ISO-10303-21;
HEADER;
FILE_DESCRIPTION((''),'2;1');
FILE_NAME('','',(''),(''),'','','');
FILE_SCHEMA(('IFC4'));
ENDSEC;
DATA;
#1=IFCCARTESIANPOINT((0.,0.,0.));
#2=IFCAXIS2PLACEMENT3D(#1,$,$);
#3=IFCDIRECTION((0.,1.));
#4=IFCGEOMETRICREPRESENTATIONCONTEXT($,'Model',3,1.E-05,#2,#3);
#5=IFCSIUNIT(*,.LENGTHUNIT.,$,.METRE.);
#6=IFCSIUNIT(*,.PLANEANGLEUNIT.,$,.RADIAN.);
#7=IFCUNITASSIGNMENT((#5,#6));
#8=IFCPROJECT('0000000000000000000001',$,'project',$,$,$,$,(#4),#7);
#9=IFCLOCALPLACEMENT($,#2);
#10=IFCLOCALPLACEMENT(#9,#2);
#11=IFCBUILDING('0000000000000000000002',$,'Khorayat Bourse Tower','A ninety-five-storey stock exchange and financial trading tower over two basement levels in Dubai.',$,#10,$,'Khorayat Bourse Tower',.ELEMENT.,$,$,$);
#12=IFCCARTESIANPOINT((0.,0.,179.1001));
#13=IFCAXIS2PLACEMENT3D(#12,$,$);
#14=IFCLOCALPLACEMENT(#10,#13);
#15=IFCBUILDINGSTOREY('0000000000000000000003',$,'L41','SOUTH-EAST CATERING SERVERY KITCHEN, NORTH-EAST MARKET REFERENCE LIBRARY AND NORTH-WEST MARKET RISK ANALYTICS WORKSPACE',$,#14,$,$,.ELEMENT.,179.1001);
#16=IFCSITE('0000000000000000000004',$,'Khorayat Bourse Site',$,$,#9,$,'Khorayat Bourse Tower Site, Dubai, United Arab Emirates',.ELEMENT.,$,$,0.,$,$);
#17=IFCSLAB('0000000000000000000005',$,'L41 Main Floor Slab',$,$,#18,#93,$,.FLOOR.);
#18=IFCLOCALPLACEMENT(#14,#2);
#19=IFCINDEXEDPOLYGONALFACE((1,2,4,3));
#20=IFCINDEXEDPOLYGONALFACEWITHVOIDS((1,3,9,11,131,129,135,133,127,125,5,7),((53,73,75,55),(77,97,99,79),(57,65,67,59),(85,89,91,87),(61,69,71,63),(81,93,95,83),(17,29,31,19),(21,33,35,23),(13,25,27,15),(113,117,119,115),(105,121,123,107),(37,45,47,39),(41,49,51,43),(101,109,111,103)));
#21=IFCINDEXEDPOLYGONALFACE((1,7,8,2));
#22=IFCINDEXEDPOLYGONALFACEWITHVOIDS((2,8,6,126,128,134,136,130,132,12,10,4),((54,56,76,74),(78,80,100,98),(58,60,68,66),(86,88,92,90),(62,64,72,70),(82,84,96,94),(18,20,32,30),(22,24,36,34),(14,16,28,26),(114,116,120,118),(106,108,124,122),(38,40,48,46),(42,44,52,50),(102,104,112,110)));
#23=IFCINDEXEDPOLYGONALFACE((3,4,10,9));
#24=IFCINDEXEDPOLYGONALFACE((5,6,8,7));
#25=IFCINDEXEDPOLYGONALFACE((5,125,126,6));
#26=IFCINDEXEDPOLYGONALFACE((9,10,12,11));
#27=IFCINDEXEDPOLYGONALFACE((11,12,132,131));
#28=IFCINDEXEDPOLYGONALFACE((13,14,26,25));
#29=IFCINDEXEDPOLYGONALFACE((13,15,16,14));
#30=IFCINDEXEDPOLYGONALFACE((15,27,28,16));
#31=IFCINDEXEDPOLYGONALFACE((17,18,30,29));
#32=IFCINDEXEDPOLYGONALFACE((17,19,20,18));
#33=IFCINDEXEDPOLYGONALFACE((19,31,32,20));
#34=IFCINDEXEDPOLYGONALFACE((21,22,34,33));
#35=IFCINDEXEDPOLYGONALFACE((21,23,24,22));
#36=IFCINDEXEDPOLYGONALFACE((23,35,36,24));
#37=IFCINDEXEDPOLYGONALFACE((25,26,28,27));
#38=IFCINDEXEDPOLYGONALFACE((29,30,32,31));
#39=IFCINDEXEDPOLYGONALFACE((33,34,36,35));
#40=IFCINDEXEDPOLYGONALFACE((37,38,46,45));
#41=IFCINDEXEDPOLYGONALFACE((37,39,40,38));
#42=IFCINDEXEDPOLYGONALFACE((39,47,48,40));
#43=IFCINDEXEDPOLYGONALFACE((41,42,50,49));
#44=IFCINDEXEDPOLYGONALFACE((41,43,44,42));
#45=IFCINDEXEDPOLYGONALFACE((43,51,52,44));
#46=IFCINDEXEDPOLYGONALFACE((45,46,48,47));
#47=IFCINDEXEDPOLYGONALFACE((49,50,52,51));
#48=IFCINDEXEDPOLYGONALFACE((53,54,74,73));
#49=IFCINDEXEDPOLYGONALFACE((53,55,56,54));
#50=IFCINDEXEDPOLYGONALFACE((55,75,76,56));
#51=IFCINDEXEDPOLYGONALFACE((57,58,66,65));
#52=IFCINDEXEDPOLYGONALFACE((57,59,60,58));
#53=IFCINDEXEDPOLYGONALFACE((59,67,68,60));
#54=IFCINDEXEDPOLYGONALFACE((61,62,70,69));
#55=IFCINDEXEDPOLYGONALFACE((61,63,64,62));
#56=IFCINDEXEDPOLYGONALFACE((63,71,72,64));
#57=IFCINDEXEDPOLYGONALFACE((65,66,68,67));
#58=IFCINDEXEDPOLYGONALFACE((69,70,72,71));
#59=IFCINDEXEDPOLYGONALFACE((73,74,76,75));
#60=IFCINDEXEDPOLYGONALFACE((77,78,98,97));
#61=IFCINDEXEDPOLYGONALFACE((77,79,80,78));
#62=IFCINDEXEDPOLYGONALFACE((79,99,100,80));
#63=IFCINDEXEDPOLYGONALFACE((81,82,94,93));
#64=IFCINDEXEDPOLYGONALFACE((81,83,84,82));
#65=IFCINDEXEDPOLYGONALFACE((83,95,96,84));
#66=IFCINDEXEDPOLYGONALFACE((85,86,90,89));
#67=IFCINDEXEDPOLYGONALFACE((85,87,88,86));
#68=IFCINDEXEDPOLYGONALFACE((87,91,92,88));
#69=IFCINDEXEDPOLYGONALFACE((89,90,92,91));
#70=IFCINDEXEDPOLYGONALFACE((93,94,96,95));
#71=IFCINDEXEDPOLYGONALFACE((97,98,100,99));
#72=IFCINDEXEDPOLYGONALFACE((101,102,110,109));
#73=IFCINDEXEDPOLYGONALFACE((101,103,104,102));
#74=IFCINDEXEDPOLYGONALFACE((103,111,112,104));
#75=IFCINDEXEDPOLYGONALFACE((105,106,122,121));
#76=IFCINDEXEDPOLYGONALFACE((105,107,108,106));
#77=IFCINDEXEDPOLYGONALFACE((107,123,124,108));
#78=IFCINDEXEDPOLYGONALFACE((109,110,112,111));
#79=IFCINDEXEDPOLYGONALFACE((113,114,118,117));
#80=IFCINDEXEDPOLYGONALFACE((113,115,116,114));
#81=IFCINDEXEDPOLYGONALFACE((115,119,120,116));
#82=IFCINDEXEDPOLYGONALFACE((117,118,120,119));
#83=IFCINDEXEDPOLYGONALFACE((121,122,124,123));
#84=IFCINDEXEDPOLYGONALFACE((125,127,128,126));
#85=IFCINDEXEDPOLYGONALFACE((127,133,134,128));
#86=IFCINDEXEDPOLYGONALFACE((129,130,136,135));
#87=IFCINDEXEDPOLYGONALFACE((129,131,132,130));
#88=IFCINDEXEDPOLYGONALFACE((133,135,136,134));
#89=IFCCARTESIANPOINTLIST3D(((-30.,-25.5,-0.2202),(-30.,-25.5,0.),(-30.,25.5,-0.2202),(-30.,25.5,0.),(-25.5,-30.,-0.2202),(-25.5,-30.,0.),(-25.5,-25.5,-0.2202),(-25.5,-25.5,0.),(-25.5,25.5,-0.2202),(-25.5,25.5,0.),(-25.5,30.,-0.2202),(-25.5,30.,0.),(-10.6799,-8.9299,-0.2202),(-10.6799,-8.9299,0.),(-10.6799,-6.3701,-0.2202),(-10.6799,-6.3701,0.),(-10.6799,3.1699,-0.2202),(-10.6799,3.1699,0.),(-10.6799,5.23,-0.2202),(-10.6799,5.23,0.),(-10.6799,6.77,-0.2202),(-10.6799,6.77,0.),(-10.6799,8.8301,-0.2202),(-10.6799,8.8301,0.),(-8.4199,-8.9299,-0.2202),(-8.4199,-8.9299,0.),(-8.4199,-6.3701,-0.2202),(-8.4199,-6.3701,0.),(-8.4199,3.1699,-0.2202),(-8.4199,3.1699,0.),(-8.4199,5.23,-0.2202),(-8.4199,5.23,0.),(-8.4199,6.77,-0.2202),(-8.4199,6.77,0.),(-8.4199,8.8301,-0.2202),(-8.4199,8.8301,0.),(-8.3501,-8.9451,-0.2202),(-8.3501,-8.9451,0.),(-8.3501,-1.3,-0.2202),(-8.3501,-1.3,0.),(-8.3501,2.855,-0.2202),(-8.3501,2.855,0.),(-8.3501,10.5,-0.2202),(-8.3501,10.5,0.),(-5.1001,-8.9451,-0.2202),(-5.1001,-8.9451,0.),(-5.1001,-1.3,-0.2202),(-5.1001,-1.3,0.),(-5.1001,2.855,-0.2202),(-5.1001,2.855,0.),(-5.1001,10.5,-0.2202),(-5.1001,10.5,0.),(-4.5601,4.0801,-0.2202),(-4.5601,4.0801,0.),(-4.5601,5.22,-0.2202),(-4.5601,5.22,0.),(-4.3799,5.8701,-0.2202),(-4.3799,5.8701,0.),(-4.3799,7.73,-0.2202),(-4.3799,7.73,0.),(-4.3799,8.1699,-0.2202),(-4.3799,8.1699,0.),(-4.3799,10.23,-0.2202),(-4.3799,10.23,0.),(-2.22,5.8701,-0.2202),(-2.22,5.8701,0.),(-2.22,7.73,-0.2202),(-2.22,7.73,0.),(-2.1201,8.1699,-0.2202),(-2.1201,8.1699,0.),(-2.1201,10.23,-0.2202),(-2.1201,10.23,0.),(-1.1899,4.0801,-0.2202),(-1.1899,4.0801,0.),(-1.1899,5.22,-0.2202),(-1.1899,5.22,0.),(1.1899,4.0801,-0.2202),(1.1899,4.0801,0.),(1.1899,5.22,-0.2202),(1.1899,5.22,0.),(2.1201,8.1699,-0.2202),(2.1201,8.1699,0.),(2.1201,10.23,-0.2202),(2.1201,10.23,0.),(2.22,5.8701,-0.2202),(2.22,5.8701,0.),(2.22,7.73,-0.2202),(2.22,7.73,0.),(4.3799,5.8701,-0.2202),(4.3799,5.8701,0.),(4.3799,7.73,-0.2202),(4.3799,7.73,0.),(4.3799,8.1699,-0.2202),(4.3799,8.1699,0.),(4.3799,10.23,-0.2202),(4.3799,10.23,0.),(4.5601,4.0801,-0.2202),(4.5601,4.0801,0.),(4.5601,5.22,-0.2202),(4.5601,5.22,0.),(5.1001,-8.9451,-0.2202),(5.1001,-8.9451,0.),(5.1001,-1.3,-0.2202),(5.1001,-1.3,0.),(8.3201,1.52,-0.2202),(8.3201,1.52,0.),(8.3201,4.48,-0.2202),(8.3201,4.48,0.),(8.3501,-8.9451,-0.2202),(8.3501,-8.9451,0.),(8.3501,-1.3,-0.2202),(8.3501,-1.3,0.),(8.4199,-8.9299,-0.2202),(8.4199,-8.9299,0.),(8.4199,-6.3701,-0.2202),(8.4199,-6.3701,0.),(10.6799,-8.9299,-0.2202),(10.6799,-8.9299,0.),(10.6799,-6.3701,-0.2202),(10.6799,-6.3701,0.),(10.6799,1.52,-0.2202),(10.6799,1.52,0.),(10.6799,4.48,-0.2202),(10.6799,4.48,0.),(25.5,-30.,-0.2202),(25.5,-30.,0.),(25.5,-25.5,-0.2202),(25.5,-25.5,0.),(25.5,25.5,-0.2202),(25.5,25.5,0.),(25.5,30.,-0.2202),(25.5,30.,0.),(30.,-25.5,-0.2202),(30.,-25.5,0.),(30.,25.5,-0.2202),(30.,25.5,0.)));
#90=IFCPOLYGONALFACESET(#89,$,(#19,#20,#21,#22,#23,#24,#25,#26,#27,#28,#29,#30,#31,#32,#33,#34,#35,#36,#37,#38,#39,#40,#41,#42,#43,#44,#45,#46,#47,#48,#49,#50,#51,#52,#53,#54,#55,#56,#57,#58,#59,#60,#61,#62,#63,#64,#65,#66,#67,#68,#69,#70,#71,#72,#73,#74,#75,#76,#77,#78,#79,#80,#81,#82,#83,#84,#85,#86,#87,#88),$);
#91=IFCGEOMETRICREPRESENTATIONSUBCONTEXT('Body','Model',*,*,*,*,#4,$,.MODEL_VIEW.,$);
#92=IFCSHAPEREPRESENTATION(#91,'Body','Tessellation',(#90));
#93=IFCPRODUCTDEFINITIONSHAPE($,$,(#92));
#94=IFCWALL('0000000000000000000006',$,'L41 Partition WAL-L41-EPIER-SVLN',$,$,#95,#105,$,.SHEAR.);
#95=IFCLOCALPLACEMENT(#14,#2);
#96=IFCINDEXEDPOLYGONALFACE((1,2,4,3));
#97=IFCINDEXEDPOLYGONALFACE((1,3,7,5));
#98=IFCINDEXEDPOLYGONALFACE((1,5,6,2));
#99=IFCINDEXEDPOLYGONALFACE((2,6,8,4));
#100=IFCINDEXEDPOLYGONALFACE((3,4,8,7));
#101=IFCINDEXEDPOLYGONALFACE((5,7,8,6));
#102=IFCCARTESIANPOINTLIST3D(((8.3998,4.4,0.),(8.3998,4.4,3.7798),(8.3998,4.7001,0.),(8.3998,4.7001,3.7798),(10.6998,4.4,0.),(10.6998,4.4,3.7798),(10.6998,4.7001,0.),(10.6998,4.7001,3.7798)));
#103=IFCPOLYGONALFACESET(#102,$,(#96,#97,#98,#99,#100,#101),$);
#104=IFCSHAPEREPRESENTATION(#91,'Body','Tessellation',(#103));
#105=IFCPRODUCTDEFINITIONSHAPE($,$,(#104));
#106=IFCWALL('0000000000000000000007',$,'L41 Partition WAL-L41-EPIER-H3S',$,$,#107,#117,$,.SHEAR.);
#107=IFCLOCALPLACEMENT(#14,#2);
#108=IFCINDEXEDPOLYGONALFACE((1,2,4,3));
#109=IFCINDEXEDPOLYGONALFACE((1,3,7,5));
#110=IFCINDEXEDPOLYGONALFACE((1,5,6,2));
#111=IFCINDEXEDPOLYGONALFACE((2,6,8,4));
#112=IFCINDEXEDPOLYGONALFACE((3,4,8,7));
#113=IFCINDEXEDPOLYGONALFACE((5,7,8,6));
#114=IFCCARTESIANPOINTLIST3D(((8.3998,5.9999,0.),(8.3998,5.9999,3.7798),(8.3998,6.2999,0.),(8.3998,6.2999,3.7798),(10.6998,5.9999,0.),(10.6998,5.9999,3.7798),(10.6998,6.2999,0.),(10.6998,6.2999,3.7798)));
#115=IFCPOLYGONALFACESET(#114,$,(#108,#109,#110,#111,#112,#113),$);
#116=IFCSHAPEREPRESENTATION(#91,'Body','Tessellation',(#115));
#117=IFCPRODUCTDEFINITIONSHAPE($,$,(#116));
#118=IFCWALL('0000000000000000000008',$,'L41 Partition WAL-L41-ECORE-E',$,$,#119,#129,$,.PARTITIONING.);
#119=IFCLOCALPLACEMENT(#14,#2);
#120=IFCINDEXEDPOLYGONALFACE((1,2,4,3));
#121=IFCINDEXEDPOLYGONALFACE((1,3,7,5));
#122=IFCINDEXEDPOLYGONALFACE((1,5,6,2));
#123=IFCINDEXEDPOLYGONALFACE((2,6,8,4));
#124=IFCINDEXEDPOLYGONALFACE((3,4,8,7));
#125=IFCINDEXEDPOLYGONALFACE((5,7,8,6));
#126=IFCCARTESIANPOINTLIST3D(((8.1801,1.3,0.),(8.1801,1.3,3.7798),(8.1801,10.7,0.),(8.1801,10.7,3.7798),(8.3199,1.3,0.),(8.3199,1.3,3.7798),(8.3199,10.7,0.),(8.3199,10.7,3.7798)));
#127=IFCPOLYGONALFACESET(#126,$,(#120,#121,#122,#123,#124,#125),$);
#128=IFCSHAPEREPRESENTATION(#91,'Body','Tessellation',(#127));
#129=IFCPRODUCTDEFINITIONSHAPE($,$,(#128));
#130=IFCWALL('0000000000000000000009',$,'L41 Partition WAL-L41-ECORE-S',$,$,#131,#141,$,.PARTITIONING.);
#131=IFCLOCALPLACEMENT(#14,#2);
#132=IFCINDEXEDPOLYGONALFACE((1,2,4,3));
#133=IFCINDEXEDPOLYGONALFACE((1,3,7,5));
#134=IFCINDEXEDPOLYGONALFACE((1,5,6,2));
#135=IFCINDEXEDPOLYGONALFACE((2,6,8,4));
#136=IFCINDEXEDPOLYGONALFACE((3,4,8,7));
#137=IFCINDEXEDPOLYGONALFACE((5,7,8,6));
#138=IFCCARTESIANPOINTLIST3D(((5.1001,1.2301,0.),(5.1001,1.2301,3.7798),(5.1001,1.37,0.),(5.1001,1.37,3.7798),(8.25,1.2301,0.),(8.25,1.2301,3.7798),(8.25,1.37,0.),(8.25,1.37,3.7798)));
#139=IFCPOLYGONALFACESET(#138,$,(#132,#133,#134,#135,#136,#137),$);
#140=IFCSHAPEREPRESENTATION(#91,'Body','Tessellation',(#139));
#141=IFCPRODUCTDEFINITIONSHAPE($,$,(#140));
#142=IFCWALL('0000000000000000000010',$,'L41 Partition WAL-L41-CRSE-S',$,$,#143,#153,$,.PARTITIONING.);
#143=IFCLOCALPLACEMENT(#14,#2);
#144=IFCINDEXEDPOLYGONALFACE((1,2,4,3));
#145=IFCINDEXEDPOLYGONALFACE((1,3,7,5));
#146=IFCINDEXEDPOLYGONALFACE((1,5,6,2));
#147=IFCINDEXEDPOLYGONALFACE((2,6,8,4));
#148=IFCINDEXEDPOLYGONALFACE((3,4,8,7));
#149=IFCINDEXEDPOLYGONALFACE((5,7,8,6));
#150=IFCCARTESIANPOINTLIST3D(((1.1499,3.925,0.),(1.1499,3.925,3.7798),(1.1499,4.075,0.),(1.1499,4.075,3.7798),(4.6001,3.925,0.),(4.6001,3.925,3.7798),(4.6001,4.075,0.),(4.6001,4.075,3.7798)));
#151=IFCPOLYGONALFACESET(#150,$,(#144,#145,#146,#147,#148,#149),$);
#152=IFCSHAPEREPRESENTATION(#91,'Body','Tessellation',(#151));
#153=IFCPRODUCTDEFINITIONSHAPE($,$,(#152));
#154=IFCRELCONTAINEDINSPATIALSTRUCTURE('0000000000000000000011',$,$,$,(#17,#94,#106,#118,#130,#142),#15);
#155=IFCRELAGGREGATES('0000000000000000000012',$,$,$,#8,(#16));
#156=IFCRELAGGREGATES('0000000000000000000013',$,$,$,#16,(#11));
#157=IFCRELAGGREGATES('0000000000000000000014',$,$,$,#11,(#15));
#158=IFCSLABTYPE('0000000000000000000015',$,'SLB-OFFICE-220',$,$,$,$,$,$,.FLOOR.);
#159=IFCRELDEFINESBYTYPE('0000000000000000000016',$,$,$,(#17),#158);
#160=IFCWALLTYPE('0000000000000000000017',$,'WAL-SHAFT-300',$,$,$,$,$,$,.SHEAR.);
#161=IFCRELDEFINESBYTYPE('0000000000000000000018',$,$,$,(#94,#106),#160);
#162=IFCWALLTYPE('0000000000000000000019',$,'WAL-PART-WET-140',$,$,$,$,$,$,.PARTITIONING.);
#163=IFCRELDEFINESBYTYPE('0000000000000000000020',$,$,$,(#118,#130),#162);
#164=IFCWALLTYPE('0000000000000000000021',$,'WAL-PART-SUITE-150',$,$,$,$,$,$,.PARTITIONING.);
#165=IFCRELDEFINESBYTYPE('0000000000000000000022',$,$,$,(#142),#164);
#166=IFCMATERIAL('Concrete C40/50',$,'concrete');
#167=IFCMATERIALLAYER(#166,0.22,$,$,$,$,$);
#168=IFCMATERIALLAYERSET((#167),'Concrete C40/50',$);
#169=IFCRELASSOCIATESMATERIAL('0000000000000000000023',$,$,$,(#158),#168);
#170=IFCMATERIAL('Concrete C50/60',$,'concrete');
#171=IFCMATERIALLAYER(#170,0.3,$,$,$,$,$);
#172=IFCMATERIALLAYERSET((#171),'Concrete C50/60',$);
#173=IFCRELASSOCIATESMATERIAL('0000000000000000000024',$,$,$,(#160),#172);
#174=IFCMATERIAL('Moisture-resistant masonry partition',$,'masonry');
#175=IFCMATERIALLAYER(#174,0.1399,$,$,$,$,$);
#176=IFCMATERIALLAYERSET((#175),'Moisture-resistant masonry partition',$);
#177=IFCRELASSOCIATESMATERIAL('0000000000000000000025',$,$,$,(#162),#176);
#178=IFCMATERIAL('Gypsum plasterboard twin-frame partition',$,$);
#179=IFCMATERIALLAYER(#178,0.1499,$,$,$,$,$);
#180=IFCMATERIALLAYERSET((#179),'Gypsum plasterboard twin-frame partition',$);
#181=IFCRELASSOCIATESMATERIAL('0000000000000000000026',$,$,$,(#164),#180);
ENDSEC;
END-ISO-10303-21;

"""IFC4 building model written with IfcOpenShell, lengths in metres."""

from ifc_helpers import new_model, si_unit, direction, frame, frame_2d, origin, place, context, subcontext, project, spatial, polyline, rectangle, outline, extrude, source, transform, mapped, material, layer, layer_set, type_object, element, save


model = new_model("IFC4")

# Units and contexts
model_context = context("Model", 3, precision=1e-05, world=origin(), true_north=direction((0.0, 1.0)))
body_context = subcontext(model_context, "Body", "Model", "MODEL_VIEW")
ifc_project = project(units=[si_unit("LENGTHUNIT", "METRE"), si_unit("PLANEANGLEUNIT", "RADIAN")], contexts=[model_context])

# Site, building, storey
site_placement = place(None, origin())
site = spatial("IfcSite", under=ifc_project, at=site_placement, Name="Khorayat Bourse Site", LongName="Khorayat Bourse Tower Site, Dubai, United Arab Emirates", CompositionType="ELEMENT", RefElevation=0.0)
building_placement = place(site_placement, origin())
building = spatial("IfcBuilding", under=site, at=building_placement, Name="Khorayat Bourse Tower", Description="A ninety-five-storey stock exchange and financial trading tower over two basement levels in Dubai.", LongName="Khorayat Bourse Tower", CompositionType="ELEMENT")
storey_placement = place(building_placement, frame((0.0, 0.0, 179.1001)))
storey = spatial("IfcBuildingStorey", under=building, at=storey_placement, Name="L41", Description="SOUTH-EAST CATERING SERVERY KITCHEN, NORTH-EAST MARKET REFERENCE LIBRARY AND NORTH-WEST MARKET RISK ANALYTICS WORKSPACE", CompositionType="ELEMENT", Elevation=179.1001)

# Shared definitions
ifc_material_1 = material(Name="Concrete C40/50", Category="concrete")

# Slab
ifc_layer_1 = layer(ifc_material_1, 0.22)
ifc_layer_set_1 = layer_set([ifc_layer_1], Name="Concrete C40/50")
slab_type_1 = type_object("IfcSlabType", Name="SLB-OFFICE-220", PredefinedType="FLOOR", material=ifc_layer_set_1)
slab_1_placement = place(storey_placement, frame((0.0, 0.0, -0.2202)))
element("IfcSlab", 1, at=slab_1_placement, inside=storey, type_object=slab_type_1, Name="L41 Main Floor Slab", PredefinedType="FLOOR", context=body_context, shape_type="SweptSolid", body=[
    extrude(outline(polyline([(-25.5, -30.0), (25.5, -30.0), (25.5, -25.5), (30.0, -25.5), (30.0, 25.5), (25.5, 25.5), (25.5, 30.0), (-25.5, 30.0), (-25.5, 25.5), (-30.0, 25.5), (-30.0, -25.5), (-25.5, -25.5), (-25.5, -30.0)]), holes=[polyline([(-8.3501, -8.9451), (-5.1001, -8.9451), (-5.1001, -1.3), (-8.3501, -1.3), (-8.3501, -8.9451)]), polyline([(-8.3501, 2.855), (-5.1001, 2.855), (-5.1001, 10.5), (-8.3501, 10.5), (-8.3501, 2.855)]), polyline([(5.1001, -8.9451), (8.3501, -8.9451), (8.3501, -1.3), (5.1001, -1.3), (5.1001, -8.9451)]), polyline([(-4.3799, 8.1699), (-2.1201, 8.1699), (-2.1201, 10.23), (-4.3799, 10.23), (-4.3799, 8.1699)]), polyline([(2.1201, 8.1699), (4.3799, 8.1699), (4.3799, 10.23), (2.1201, 10.23), (2.1201, 8.1699)]), polyline([(-4.3799, 5.8701), (-2.22, 5.8701), (-2.22, 7.73), (-4.3799, 7.73), (-4.3799, 5.8701)]), polyline([(2.22, 5.8701), (4.3799, 5.8701), (4.3799, 7.73), (2.22, 7.73), (2.22, 5.8701)]), polyline([(-10.6799, 3.1699), (-8.4199, 3.1699), (-8.4199, 5.23), (-10.6799, 5.23), (-10.6799, 3.1699)]), polyline([(-10.6799, 6.77), (-8.4199, 6.77), (-8.4199, 8.8301), (-10.6799, 8.8301), (-10.6799, 6.77)]), polyline([(-10.6799, -8.9299), (-8.4199, -8.9299), (-8.4199, -6.3701), (-10.6799, -6.3701), (-10.6799, -8.9299)]), polyline([(8.4199, -8.9299), (10.6799, -8.9299), (10.6799, -6.3701), (8.4199, -6.3701), (8.4199, -8.9299)]), polyline([(8.3201, 1.52), (10.6799, 1.52), (10.6799, 4.48), (8.3201, 4.48), (8.3201, 1.52)]), polyline([(-4.5601, 4.0801), (-1.1899, 4.0801), (-1.1899, 5.22), (-4.5601, 5.22), (-4.5601, 4.0801)]), polyline([(1.1899, 4.0801), (4.5601, 4.0801), (4.5601, 5.22), (1.1899, 5.22), (1.1899, 4.0801)])]), origin(), (0.0, 0.0, 1.0), 0.2202),
])

# Walls
ifc_material_2 = material(Name="Concrete C50/60", Category="concrete")
ifc_layer_2 = layer(ifc_material_2, 0.3)
ifc_layer_set_2 = layer_set([ifc_layer_2], Name="Concrete C50/60")
wall_type_1 = type_object("IfcWallType", Name="WAL-SHAFT-300", PredefinedType="SHEAR", material=ifc_layer_set_2)
shared_shape_1 = source(origin(), body_context, "Body", "SweptSolid", [
    extrude(rectangle(XDim=2.3, YDim=0.3, at=frame_2d((1.1499, 0.0))), origin(), (0.0, 0.0, 1.0), 3.7798),
])
for number, where, z_axis, x_axis, name in (
    (2, (8.3999, 4.55, 0.0), (0.0, 0.0, 1.0), (1.0, 0.0, 0.0), "L41 Partition WAL-L41-EPIER-SVLN"),
    (3, (8.3999, 6.1499, 0.0), (0.0, 0.0, 1.0), (1.0, 0.0, 0.0), "L41 Partition WAL-L41-EPIER-H3S"),
):
    element("IfcWall", number, at=place(storey_placement, frame(where, z_axis=z_axis, x_axis=x_axis)), inside=storey, type_object=wall_type_1, Name=name, PredefinedType="SHEAR", context=body_context, shape_type="MappedRepresentation", body=[
        mapped(shared_shape_1, transform((0.0, 0.0, 0.0), scale=1.0)),
    ])
ifc_material_3 = material(Name="Moisture-resistant masonry partition", Category="masonry")
ifc_layer_3 = layer(ifc_material_3, 0.1399)
ifc_layer_set_3 = layer_set([ifc_layer_3], Name="Moisture-resistant masonry partition")
wall_type_2 = type_object("IfcWallType", Name="WAL-PART-WET-140", PredefinedType="PARTITIONING", material=ifc_layer_set_3)
shared_shape_2 = source(origin(), body_context, "Body", "SweptSolid", [
    extrude(rectangle(XDim=9.3999, YDim=0.1399, at=frame_2d((4.7, 0.0))), origin(), (0.0, 0.0, 1.0), 3.7798),
])
wall_1_placement = place(storey_placement, frame((8.25, 1.3, 0.0), z_axis=(0.0, 0.0, 1.0), x_axis=(0.0, 1.0, 0.0)))
element("IfcWall", 4, at=wall_1_placement, inside=storey, type_object=wall_type_2, Name="L41 Partition WAL-L41-ECORE-E", PredefinedType="PARTITIONING", context=body_context, shape_type="MappedRepresentation", body=[
    mapped(shared_shape_2, transform((0.0, 0.0, 0.0), scale=1.0)),
])
shared_shape_3 = source(origin(), body_context, "Body", "SweptSolid", [
    extrude(rectangle(XDim=3.1499, YDim=0.1399, at=frame_2d((1.575, 0.0))), origin(), (0.0, 0.0, 1.0), 3.7798),
])
wall_2_placement = place(storey_placement, frame((5.1001, 1.3, 0.0), z_axis=(0.0, 0.0, 1.0), x_axis=(1.0, 0.0, 0.0)))
element("IfcWall", 5, at=wall_2_placement, inside=storey, type_object=wall_type_2, Name="L41 Partition WAL-L41-ECORE-S", PredefinedType="PARTITIONING", context=body_context, shape_type="MappedRepresentation", body=[
    mapped(shared_shape_3, transform((0.0, 0.0, 0.0), scale=1.0)),
])

# Wall
ifc_material_4 = material(Name="Gypsum plasterboard twin-frame partition")
ifc_layer_4 = layer(ifc_material_4, 0.1499)
ifc_layer_set_4 = layer_set([ifc_layer_4], Name="Gypsum plasterboard twin-frame partition")
wall_type_3 = type_object("IfcWallType", Name="WAL-PART-SUITE-150", PredefinedType="PARTITIONING", material=ifc_layer_set_4)
shared_shape_4 = source(origin(), body_context, "Body", "SweptSolid", [
    extrude(rectangle(XDim=3.4502, YDim=0.1499, at=frame_2d((1.7251, 0.0))), origin(), (0.0, 0.0, 1.0), 3.7798),
])
wall_3_placement = place(storey_placement, frame((1.1499, 4.0, 0.0), z_axis=(0.0, 0.0, 1.0), x_axis=(1.0, 0.0, 0.0)))
element("IfcWall", 6, at=wall_3_placement, inside=storey, type_object=wall_type_3, Name="L41 Partition WAL-L41-CRSE-S", PredefinedType="PARTITIONING", context=body_context, shape_type="MappedRepresentation", body=[
    mapped(shared_shape_4, transform((0.0, 0.0, 0.0), scale=1.0)),
])

save(model, "model.ifc")
